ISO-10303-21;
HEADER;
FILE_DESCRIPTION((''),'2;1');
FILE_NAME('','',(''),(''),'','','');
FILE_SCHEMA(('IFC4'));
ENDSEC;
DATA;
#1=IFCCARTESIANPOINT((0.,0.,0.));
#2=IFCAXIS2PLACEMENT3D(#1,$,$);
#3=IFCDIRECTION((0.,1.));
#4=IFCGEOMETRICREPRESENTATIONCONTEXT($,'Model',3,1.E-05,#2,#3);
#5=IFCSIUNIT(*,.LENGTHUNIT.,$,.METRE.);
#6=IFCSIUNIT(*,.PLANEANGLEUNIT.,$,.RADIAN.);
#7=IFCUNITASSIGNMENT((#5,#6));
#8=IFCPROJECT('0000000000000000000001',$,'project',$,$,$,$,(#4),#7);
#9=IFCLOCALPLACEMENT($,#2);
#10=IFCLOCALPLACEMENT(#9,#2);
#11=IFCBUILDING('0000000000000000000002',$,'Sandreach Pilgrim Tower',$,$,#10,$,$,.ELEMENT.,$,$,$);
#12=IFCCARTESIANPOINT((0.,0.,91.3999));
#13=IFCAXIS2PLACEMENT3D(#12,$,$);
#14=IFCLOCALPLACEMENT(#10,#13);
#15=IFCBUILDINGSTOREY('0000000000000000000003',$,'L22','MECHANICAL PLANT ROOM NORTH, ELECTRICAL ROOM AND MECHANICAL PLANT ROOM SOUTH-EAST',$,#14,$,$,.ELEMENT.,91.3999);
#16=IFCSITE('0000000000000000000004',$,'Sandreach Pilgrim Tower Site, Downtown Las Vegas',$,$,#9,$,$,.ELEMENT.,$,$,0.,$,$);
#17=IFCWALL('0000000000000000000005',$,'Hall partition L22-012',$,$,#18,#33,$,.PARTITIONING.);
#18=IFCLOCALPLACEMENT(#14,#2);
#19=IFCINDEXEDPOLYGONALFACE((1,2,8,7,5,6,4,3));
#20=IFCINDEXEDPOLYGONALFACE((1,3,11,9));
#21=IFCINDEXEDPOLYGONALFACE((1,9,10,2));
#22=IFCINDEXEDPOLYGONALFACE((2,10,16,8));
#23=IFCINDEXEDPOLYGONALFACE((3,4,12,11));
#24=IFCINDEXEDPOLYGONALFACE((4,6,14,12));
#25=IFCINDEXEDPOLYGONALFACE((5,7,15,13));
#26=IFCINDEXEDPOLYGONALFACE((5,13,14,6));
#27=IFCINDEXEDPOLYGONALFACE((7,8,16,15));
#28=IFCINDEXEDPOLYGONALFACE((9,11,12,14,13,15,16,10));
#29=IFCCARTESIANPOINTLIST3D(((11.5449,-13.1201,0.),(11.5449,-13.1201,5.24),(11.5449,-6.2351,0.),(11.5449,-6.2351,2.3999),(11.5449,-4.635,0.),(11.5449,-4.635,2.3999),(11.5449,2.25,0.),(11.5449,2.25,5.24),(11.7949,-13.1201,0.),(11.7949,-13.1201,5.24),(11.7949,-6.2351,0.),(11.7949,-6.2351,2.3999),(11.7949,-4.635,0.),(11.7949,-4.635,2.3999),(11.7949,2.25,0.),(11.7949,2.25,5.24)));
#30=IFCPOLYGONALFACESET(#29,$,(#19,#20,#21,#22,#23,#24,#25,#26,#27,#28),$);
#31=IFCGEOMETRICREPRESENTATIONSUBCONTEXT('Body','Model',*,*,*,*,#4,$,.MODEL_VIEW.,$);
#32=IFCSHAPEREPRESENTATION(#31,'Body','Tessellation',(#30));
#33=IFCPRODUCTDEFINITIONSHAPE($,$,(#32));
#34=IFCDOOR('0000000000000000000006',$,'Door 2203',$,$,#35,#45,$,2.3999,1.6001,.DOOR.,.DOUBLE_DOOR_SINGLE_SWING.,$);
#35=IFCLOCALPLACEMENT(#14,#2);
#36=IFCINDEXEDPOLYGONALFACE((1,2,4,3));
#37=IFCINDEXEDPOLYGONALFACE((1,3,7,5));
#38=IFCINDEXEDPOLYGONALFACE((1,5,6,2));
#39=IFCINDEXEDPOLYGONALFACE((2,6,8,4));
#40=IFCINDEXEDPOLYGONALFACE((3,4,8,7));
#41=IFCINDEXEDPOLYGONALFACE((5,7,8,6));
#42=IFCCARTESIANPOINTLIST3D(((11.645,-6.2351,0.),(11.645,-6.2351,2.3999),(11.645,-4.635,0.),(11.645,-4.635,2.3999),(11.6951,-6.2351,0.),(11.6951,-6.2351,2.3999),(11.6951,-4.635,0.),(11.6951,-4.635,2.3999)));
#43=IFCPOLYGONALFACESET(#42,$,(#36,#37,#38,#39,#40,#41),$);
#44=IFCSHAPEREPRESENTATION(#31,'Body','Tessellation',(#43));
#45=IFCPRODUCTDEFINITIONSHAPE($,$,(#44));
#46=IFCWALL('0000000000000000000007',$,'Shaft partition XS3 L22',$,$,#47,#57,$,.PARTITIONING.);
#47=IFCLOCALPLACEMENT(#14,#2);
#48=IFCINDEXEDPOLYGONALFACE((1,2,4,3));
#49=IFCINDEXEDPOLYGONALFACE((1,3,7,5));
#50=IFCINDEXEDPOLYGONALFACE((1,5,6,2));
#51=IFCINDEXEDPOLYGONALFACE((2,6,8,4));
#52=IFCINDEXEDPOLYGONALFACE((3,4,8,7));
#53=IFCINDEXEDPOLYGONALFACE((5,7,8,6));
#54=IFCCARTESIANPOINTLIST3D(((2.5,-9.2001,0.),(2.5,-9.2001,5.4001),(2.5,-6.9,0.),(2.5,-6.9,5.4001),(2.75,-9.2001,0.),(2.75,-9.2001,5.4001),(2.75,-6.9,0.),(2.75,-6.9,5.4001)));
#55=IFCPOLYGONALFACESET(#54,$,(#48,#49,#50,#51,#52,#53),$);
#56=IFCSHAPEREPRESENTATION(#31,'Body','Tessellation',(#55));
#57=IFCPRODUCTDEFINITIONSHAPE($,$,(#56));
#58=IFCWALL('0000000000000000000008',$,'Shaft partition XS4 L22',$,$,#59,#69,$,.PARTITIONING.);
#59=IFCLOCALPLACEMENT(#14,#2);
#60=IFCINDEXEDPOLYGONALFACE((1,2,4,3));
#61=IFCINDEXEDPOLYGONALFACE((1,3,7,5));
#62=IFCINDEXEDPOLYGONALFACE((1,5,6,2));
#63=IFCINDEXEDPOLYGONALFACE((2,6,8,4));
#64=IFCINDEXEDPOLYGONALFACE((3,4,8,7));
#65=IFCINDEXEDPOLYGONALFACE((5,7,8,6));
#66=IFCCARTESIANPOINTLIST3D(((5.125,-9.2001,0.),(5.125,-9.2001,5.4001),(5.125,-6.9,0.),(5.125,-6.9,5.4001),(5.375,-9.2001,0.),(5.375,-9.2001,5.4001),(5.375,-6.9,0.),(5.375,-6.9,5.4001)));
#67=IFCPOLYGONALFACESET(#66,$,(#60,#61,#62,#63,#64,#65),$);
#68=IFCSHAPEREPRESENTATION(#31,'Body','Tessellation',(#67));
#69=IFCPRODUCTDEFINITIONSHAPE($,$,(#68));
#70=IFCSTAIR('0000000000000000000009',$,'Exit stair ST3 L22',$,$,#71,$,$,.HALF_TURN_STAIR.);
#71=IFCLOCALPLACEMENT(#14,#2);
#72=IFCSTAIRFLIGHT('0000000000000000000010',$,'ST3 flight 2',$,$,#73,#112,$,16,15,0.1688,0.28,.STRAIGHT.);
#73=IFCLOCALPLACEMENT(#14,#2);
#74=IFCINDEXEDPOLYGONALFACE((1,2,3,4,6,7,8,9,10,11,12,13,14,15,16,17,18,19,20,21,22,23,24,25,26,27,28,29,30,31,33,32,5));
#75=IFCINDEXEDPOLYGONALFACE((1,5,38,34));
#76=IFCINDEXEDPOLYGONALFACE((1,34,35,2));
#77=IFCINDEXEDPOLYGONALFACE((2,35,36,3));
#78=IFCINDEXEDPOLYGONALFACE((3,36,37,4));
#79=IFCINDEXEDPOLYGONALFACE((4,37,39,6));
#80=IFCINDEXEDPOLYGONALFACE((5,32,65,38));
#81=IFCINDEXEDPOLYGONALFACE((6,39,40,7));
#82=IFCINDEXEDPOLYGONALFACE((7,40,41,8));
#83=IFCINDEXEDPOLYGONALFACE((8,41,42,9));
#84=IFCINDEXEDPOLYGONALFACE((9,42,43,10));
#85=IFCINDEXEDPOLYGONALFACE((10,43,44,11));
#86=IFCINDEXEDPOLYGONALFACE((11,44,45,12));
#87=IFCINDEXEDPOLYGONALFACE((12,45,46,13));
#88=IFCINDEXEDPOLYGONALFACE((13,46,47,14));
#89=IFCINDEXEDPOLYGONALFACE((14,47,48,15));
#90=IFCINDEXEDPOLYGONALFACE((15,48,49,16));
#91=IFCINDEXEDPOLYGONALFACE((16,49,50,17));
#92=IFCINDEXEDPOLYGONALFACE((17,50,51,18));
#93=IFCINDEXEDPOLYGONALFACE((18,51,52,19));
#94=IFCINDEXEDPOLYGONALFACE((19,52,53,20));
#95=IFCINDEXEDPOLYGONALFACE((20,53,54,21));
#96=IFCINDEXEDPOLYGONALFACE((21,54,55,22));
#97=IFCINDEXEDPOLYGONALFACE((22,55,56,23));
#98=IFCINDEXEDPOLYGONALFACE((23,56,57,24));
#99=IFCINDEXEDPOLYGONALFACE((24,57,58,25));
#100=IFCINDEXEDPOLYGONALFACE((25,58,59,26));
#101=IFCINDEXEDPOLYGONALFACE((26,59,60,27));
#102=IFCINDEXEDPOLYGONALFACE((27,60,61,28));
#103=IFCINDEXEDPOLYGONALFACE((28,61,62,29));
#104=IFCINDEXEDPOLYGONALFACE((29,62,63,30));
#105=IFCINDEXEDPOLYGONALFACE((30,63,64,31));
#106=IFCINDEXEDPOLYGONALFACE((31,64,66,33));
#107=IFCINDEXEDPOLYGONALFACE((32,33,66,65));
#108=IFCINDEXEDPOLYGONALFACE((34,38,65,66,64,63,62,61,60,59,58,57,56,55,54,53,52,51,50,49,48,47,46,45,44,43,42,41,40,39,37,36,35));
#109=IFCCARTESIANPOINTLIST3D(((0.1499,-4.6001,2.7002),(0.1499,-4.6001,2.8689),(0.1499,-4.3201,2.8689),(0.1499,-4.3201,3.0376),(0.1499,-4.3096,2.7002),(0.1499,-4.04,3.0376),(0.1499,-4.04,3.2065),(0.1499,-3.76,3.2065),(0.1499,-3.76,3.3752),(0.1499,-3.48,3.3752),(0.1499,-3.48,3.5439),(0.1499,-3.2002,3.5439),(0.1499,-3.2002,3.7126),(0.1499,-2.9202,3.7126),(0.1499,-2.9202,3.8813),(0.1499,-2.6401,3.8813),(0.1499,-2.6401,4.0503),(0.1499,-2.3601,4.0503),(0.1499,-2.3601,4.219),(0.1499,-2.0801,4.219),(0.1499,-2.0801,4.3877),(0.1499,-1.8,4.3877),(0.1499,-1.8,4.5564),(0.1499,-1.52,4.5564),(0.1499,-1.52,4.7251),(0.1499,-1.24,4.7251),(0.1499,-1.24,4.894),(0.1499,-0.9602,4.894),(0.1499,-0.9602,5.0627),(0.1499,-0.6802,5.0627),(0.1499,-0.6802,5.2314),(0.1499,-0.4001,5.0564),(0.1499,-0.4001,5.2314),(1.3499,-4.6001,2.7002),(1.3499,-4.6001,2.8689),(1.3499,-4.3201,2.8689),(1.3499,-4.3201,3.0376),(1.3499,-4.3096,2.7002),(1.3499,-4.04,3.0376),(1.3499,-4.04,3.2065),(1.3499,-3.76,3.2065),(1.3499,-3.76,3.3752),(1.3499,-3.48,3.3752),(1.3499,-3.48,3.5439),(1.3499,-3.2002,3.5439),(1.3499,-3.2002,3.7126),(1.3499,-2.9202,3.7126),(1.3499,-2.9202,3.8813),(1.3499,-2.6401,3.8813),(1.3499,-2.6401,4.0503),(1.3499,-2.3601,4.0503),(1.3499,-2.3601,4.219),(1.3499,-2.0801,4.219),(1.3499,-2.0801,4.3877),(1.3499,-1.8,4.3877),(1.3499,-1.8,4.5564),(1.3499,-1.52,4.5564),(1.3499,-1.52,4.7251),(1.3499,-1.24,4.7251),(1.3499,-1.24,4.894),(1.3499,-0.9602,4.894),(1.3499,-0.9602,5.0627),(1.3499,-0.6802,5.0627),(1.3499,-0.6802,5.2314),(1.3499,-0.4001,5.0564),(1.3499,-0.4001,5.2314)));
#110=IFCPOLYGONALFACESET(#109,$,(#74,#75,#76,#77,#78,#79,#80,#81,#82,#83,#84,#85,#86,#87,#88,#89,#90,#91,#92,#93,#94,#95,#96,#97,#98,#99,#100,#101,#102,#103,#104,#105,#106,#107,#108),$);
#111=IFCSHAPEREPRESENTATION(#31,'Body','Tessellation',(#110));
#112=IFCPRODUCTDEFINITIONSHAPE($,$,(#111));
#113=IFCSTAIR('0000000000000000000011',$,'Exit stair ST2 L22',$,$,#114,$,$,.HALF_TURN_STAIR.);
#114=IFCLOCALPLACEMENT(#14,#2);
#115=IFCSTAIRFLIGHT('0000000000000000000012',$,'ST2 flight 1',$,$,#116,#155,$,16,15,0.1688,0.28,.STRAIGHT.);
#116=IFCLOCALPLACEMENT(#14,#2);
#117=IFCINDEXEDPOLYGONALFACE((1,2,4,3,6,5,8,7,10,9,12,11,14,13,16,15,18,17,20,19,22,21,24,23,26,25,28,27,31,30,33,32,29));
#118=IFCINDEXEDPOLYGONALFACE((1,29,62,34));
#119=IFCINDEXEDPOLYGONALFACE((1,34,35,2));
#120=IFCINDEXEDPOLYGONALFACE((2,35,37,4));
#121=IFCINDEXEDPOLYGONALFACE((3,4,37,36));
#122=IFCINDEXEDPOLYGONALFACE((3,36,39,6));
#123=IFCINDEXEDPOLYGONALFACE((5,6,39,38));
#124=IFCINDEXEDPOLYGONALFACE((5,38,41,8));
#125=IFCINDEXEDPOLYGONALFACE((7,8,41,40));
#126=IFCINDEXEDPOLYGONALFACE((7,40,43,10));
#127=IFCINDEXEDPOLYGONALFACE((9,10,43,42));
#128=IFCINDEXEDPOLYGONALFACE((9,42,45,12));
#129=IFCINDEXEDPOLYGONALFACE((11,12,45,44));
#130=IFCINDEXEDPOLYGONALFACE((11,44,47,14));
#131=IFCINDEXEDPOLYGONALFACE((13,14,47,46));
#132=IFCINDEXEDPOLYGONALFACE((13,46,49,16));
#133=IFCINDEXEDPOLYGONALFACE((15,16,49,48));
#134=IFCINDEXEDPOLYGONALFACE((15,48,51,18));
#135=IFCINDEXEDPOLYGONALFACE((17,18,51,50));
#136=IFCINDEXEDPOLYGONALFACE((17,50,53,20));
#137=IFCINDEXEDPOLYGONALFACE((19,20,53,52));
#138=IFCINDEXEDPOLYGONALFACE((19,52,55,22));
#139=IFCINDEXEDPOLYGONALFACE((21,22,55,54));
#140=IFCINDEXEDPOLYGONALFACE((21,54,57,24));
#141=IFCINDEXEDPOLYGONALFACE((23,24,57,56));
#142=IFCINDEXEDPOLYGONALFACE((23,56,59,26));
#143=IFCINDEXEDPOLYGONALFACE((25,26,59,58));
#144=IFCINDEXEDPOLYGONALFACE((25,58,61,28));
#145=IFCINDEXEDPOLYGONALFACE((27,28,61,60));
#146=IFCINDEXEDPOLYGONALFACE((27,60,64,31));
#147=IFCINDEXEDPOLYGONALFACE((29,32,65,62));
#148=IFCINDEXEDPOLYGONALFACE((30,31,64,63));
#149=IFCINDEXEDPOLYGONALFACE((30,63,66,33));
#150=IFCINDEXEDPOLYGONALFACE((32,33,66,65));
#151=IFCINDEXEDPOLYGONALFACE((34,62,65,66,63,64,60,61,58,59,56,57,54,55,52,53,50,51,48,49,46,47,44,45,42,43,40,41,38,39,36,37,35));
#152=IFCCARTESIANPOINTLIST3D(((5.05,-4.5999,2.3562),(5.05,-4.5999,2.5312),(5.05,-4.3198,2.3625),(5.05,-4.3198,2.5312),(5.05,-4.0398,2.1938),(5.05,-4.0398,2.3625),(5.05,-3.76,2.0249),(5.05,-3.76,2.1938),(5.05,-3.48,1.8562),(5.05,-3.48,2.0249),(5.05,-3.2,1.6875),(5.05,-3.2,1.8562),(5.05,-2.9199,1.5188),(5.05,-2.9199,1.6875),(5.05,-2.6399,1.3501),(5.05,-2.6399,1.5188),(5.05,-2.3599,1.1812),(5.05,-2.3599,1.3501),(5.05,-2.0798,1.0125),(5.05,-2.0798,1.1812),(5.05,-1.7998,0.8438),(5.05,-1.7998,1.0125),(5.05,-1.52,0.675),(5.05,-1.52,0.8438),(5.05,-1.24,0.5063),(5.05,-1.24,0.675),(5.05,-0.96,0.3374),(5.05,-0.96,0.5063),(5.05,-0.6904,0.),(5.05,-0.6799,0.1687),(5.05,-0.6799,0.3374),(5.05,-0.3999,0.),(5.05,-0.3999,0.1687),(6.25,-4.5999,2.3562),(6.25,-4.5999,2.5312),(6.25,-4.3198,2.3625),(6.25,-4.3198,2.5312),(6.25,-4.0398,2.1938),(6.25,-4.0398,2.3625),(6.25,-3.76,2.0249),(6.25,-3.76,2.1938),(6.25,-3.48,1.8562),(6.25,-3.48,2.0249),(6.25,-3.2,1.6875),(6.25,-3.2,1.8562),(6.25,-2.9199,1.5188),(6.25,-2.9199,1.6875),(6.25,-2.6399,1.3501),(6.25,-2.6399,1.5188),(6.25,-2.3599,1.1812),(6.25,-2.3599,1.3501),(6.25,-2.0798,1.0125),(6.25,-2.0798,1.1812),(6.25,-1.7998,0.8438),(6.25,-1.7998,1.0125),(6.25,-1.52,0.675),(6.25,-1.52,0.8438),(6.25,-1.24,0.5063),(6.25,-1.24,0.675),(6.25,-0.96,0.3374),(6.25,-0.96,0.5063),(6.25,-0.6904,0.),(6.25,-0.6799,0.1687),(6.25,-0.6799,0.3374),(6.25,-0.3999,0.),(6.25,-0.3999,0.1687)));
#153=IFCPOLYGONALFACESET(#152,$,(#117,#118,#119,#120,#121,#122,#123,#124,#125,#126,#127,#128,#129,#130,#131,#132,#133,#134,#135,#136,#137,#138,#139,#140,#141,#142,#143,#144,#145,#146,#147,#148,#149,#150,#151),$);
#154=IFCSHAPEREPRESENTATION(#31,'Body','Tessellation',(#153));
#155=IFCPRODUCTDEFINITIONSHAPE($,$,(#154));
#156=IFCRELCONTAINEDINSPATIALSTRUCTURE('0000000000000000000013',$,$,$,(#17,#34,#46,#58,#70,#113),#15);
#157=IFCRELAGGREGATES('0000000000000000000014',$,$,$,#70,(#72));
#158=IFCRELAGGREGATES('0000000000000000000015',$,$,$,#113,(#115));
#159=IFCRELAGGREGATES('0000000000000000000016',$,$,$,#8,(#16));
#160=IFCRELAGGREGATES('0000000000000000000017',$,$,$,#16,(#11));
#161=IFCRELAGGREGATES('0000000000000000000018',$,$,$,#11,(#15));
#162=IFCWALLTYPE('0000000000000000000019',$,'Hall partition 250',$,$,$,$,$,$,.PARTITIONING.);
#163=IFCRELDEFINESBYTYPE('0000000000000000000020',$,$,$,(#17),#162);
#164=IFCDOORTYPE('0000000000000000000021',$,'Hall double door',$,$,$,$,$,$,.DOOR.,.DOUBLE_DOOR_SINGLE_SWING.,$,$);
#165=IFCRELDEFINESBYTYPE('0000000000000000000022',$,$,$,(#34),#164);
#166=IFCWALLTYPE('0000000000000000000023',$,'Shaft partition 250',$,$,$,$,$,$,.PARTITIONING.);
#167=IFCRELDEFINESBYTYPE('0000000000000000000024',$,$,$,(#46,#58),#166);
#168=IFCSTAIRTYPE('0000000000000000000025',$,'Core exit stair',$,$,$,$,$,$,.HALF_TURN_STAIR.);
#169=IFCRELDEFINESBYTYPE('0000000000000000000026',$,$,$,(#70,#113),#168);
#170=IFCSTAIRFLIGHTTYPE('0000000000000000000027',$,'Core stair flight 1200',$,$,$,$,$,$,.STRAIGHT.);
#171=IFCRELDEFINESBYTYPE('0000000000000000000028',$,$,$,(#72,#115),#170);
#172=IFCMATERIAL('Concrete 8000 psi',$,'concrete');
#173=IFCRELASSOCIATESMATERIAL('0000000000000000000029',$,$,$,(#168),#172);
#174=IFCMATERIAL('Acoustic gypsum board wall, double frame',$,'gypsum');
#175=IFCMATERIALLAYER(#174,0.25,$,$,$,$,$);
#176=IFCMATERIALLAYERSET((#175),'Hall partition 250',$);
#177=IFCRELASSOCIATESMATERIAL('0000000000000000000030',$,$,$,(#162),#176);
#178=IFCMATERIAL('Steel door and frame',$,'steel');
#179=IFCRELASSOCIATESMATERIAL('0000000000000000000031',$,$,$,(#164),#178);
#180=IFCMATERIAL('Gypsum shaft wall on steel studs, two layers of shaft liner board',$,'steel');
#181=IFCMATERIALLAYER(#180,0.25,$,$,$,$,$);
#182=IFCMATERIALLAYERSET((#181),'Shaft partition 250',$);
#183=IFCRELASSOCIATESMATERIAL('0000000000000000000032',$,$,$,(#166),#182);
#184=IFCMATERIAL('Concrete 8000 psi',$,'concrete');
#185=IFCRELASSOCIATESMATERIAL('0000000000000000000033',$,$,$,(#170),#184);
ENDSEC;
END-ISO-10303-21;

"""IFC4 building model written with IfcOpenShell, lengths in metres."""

from ifc_helpers import new_model, si_unit, direction, frame, frame_2d, origin, place, context, subcontext, project, spatial, polyline, rectangle, outline, extrude, material, layer, layer_set, type_object, element, fill, aggregate, save


model = new_model("IFC4")

# Units and contexts
model_context = context("Model", 3, precision=1e-05, world=origin(), true_north=direction((0.0, 1.0)))
body_context = subcontext(model_context, "Body", "Model", "MODEL_VIEW")
ifc_project = project(units=[si_unit("LENGTHUNIT", "METRE"), si_unit("PLANEANGLEUNIT", "RADIAN")], contexts=[model_context])

# Site, building, storey
site_placement = place(None, origin())
site = spatial("IfcSite", under=ifc_project, at=site_placement, Name="Sandreach Pilgrim Tower Site, Downtown Las Vegas", CompositionType="ELEMENT", RefElevation=0.0)
building_placement = place(site_placement, origin())
building = spatial("IfcBuilding", under=site, at=building_placement, Name="Sandreach Pilgrim Tower", CompositionType="ELEMENT")
storey_placement = place(building_placement, frame((0.0, 0.0, 91.3999)))
storey = spatial("IfcBuildingStorey", under=building, at=storey_placement, Name="L22", Description="MECHANICAL PLANT ROOM NORTH, ELECTRICAL ROOM AND MECHANICAL PLANT ROOM SOUTH-EAST", CompositionType="ELEMENT", Elevation=91.3999)

# Shared definitions
ifc_material_1 = material(Name="Concrete 8000 psi", Category="concrete")
stair_type = type_object("IfcStairType", Name="Core exit stair", PredefinedType="HALF_TURN_STAIR", material=ifc_material_1)

# Shared definitions
ifc_material_2 = material(Name="Acoustic gypsum board wall, double frame", Category="gypsum")
ifc_layer_1 = layer(ifc_material_2, 0.25)
ifc_layer_set_1 = layer_set([ifc_layer_1], Name="Hall partition 250")
wall_type_1 = type_object("IfcWallType", Name="Hall partition 250", PredefinedType="PARTITIONING", material=ifc_layer_set_1)

# Wall, opening, door
wall_1_placement = place(storey_placement, frame((11.6699, -13.1201, 0.0), z_axis=(0.0, 0.0, 1.0), x_axis=(0.0, 1.0, 0.0)))
wall_1 = element("IfcWall", 1, at=wall_1_placement, inside=storey, type_object=wall_type_1, Name="Hall partition L22-012", PredefinedType="PARTITIONING", context=body_context, shape_type="SweptSolid", body=[
    extrude(rectangle(XDim=15.3701, YDim=0.25, at=frame_2d((7.6851, 0.0))), origin(), (0.0, 0.0, 1.0), 5.24),
])
opening_1_placement = place(wall_1_placement, frame((6.885, 0.0, 0.0)))
opening_1 = element("IfcOpeningElement", 2, at=opening_1_placement, cuts=wall_1, PredefinedType="OPENING", context=body_context, shape_type="SweptSolid", body=[
    extrude(rectangle(XDim=1.6001, YDim=2.3999, at=frame_2d((0.8, 1.2))), frame((0.0, 0.125, 0.0), z_axis=(0.0, -1.0, 0.0), x_axis=(1.0, 0.0, 0.0)), (0.0, 0.0, 1.0), 0.25),
])
ifc_material_3 = material(Name="Steel door and frame", Category="steel")
door_type_1 = type_object("IfcDoorType", Name="Hall double door", OperationType="DOUBLE_DOOR_SINGLE_SWING", PredefinedType="DOOR", material=ifc_material_3)
door_1_placement = place(opening_1_placement, origin())
door_1 = element("IfcDoor", 3, at=door_1_placement, inside=storey, type_object=door_type_1, Name="Door 2203", OperationType="DOUBLE_DOOR_SINGLE_SWING", OverallHeight=2.3999, OverallWidth=1.6001, PredefinedType="DOOR", context=body_context, shape_type="SweptSolid", body=[
    extrude(rectangle(XDim=1.6001, YDim=2.3999, at=frame_2d((0.8, 1.2))), frame((0.0, 0.0249, 0.0), z_axis=(0.0, -1.0, 0.0), x_axis=(1.0, 0.0, 0.0)), (0.0, 0.0, 1.0), 0.05),
])
fill(opening_1, door_1)

# Walls
ifc_material_4 = material(Name="Gypsum shaft wall on steel studs, two layers of shaft liner board", Category="steel")
ifc_layer_2 = layer(ifc_material_4, 0.25)
ifc_layer_set_2 = layer_set([ifc_layer_2], Name="Shaft partition 250")
wall_type_2 = type_object("IfcWallType", Name="Shaft partition 250", PredefinedType="PARTITIONING", material=ifc_layer_set_2)
for number, where, z_axis, x_axis, name in (
    (4, (2.625, -9.2, 0.0), (0.0, 0.0, 1.0), (0.0, 1.0, 0.0), "Shaft partition XS3 L22"),
    (5, (5.25, -9.2, 0.0), (0.0, 0.0, 1.0), (0.0, 1.0, 0.0), "Shaft partition XS4 L22"),
):
    element("IfcWall", number, at=place(storey_placement, frame(where, z_axis=z_axis, x_axis=x_axis)), inside=storey, type_object=wall_type_2, Name=name, PredefinedType="PARTITIONING", context=body_context, shape_type="SweptSolid", body=[
        extrude(rectangle(XDim=2.3, YDim=0.25, at=frame_2d((1.1499, 0.0))), origin(), (0.0, 0.0, 1.0), 5.4001),
    ])

# Stair, stair flight
stair_1_placement = place(storey_placement, origin())
stair_1 = element("IfcStair", 6, at=stair_1_placement, inside=storey, type_object=stair_type, Name="Exit stair ST3 L22", PredefinedType="HALF_TURN_STAIR")
ifc_material_5 = material(Name="Concrete 8000 psi", Category="concrete")
stair_flight_type = type_object("IfcStairFlightType", Name="Core stair flight 1200", PredefinedType="STRAIGHT", material=ifc_material_5)
stair_flight_1_placement = place(storey_placement, frame((0.75, -4.6001, 2.7002), z_axis=(0.0, 0.0, 1.0), x_axis=(0.0, 1.0, 0.0)))
stair_flight_1 = element("IfcStairFlight", 7, at=stair_flight_1_placement, type_object=stair_flight_type, Name="ST3 flight 2", NumberOfRisers=16, NumberOfTreads=15, PredefinedType="STRAIGHT", RiserHeight=0.1688, TreadLength=0.28, context=body_context, shape_type="SweptSolid", body=[
    extrude(outline(polyline([(0.0, 0.0), (0.0, 0.1687), (0.28, 0.1687), (0.28, 0.3374), (0.5601, 0.3374), (0.5601, 0.5063), (0.8401, 0.5063), (0.8401, 0.675), (1.1201, 0.675), (1.1201, 0.8438), (1.3999, 0.8438), (1.3999, 1.0125), (1.6799, 1.0125), (1.6799, 1.1812), (1.96, 1.1812), (1.96, 1.3501), (2.24, 1.3501), (2.24, 1.5188), (2.52, 1.5188), (2.52, 1.6875), (2.8, 1.6875), (2.8, 1.8562), (3.0801, 1.8562), (3.0801, 2.0249), (3.3601, 2.0249), (3.3601, 2.1938), (3.6399, 2.1938), (3.6399, 2.3625), (3.9199, 2.3625), (3.9199, 2.5312), (4.2, 2.5312), (4.2, 2.7), (4.2, 2.3562), (0.2905, 0.0), (0.0, 0.0)])), frame((0.0, 0.6001, 0.0), z_axis=(0.0, -1.0, 0.0), x_axis=(1.0, 0.0, 0.0)), (0.0, 0.0, 1.0), 1.2),
])
aggregate(stair_1, [stair_flight_1])

# Stair, stair flight
stair_2_placement = place(storey_placement, origin())
stair_2 = element("IfcStair", 8, at=stair_2_placement, inside=storey, type_object=stair_type, Name="Exit stair ST2 L22", PredefinedType="HALF_TURN_STAIR")
stair_flight_2_placement = place(storey_placement, frame((5.6499, -0.3999, 0.0), z_axis=(0.0, 0.0, 1.0), x_axis=(0.0, -1.0, 0.0)))
stair_flight_2 = element("IfcStairFlight", 9, at=stair_flight_2_placement, type_object=stair_flight_type, Name="ST2 flight 1", NumberOfRisers=16, NumberOfTreads=15, PredefinedType="STRAIGHT", RiserHeight=0.1688, TreadLength=0.28, context=body_context, shape_type="SweptSolid", body=[
    extrude(outline(polyline([(0.0, 0.0), (0.0, 0.1687), (0.28, 0.1687), (0.28, 0.3374), (0.5601, 0.3374), (0.5601, 0.5063), (0.8401, 0.5063), (0.8401, 0.675), (1.1201, 0.675), (1.1201, 0.8438), (1.3999, 0.8438), (1.3999, 1.0125), (1.6799, 1.0125), (1.6799, 1.1812), (1.96, 1.1812), (1.96, 1.3501), (2.24, 1.3501), (2.24, 1.5188), (2.52, 1.5188), (2.52, 1.6875), (2.8, 1.6875), (2.8, 1.8562), (3.0801, 1.8562), (3.0801, 2.0249), (3.3601, 2.0249), (3.3601, 2.1938), (3.6399, 2.1938), (3.6399, 2.3625), (3.9199, 2.3625), (3.9199, 2.5312), (4.2, 2.5312), (4.2, 2.7), (4.2, 2.3562), (0.2905, 0.0), (0.0, 0.0)])), frame((0.0, 0.6001, 0.0), z_axis=(0.0, -1.0, 0.0), x_axis=(1.0, 0.0, 0.0)), (0.0, 0.0, 1.0), 1.2),
])
aggregate(stair_2, [stair_flight_2])

save(model, "model.ifc")
